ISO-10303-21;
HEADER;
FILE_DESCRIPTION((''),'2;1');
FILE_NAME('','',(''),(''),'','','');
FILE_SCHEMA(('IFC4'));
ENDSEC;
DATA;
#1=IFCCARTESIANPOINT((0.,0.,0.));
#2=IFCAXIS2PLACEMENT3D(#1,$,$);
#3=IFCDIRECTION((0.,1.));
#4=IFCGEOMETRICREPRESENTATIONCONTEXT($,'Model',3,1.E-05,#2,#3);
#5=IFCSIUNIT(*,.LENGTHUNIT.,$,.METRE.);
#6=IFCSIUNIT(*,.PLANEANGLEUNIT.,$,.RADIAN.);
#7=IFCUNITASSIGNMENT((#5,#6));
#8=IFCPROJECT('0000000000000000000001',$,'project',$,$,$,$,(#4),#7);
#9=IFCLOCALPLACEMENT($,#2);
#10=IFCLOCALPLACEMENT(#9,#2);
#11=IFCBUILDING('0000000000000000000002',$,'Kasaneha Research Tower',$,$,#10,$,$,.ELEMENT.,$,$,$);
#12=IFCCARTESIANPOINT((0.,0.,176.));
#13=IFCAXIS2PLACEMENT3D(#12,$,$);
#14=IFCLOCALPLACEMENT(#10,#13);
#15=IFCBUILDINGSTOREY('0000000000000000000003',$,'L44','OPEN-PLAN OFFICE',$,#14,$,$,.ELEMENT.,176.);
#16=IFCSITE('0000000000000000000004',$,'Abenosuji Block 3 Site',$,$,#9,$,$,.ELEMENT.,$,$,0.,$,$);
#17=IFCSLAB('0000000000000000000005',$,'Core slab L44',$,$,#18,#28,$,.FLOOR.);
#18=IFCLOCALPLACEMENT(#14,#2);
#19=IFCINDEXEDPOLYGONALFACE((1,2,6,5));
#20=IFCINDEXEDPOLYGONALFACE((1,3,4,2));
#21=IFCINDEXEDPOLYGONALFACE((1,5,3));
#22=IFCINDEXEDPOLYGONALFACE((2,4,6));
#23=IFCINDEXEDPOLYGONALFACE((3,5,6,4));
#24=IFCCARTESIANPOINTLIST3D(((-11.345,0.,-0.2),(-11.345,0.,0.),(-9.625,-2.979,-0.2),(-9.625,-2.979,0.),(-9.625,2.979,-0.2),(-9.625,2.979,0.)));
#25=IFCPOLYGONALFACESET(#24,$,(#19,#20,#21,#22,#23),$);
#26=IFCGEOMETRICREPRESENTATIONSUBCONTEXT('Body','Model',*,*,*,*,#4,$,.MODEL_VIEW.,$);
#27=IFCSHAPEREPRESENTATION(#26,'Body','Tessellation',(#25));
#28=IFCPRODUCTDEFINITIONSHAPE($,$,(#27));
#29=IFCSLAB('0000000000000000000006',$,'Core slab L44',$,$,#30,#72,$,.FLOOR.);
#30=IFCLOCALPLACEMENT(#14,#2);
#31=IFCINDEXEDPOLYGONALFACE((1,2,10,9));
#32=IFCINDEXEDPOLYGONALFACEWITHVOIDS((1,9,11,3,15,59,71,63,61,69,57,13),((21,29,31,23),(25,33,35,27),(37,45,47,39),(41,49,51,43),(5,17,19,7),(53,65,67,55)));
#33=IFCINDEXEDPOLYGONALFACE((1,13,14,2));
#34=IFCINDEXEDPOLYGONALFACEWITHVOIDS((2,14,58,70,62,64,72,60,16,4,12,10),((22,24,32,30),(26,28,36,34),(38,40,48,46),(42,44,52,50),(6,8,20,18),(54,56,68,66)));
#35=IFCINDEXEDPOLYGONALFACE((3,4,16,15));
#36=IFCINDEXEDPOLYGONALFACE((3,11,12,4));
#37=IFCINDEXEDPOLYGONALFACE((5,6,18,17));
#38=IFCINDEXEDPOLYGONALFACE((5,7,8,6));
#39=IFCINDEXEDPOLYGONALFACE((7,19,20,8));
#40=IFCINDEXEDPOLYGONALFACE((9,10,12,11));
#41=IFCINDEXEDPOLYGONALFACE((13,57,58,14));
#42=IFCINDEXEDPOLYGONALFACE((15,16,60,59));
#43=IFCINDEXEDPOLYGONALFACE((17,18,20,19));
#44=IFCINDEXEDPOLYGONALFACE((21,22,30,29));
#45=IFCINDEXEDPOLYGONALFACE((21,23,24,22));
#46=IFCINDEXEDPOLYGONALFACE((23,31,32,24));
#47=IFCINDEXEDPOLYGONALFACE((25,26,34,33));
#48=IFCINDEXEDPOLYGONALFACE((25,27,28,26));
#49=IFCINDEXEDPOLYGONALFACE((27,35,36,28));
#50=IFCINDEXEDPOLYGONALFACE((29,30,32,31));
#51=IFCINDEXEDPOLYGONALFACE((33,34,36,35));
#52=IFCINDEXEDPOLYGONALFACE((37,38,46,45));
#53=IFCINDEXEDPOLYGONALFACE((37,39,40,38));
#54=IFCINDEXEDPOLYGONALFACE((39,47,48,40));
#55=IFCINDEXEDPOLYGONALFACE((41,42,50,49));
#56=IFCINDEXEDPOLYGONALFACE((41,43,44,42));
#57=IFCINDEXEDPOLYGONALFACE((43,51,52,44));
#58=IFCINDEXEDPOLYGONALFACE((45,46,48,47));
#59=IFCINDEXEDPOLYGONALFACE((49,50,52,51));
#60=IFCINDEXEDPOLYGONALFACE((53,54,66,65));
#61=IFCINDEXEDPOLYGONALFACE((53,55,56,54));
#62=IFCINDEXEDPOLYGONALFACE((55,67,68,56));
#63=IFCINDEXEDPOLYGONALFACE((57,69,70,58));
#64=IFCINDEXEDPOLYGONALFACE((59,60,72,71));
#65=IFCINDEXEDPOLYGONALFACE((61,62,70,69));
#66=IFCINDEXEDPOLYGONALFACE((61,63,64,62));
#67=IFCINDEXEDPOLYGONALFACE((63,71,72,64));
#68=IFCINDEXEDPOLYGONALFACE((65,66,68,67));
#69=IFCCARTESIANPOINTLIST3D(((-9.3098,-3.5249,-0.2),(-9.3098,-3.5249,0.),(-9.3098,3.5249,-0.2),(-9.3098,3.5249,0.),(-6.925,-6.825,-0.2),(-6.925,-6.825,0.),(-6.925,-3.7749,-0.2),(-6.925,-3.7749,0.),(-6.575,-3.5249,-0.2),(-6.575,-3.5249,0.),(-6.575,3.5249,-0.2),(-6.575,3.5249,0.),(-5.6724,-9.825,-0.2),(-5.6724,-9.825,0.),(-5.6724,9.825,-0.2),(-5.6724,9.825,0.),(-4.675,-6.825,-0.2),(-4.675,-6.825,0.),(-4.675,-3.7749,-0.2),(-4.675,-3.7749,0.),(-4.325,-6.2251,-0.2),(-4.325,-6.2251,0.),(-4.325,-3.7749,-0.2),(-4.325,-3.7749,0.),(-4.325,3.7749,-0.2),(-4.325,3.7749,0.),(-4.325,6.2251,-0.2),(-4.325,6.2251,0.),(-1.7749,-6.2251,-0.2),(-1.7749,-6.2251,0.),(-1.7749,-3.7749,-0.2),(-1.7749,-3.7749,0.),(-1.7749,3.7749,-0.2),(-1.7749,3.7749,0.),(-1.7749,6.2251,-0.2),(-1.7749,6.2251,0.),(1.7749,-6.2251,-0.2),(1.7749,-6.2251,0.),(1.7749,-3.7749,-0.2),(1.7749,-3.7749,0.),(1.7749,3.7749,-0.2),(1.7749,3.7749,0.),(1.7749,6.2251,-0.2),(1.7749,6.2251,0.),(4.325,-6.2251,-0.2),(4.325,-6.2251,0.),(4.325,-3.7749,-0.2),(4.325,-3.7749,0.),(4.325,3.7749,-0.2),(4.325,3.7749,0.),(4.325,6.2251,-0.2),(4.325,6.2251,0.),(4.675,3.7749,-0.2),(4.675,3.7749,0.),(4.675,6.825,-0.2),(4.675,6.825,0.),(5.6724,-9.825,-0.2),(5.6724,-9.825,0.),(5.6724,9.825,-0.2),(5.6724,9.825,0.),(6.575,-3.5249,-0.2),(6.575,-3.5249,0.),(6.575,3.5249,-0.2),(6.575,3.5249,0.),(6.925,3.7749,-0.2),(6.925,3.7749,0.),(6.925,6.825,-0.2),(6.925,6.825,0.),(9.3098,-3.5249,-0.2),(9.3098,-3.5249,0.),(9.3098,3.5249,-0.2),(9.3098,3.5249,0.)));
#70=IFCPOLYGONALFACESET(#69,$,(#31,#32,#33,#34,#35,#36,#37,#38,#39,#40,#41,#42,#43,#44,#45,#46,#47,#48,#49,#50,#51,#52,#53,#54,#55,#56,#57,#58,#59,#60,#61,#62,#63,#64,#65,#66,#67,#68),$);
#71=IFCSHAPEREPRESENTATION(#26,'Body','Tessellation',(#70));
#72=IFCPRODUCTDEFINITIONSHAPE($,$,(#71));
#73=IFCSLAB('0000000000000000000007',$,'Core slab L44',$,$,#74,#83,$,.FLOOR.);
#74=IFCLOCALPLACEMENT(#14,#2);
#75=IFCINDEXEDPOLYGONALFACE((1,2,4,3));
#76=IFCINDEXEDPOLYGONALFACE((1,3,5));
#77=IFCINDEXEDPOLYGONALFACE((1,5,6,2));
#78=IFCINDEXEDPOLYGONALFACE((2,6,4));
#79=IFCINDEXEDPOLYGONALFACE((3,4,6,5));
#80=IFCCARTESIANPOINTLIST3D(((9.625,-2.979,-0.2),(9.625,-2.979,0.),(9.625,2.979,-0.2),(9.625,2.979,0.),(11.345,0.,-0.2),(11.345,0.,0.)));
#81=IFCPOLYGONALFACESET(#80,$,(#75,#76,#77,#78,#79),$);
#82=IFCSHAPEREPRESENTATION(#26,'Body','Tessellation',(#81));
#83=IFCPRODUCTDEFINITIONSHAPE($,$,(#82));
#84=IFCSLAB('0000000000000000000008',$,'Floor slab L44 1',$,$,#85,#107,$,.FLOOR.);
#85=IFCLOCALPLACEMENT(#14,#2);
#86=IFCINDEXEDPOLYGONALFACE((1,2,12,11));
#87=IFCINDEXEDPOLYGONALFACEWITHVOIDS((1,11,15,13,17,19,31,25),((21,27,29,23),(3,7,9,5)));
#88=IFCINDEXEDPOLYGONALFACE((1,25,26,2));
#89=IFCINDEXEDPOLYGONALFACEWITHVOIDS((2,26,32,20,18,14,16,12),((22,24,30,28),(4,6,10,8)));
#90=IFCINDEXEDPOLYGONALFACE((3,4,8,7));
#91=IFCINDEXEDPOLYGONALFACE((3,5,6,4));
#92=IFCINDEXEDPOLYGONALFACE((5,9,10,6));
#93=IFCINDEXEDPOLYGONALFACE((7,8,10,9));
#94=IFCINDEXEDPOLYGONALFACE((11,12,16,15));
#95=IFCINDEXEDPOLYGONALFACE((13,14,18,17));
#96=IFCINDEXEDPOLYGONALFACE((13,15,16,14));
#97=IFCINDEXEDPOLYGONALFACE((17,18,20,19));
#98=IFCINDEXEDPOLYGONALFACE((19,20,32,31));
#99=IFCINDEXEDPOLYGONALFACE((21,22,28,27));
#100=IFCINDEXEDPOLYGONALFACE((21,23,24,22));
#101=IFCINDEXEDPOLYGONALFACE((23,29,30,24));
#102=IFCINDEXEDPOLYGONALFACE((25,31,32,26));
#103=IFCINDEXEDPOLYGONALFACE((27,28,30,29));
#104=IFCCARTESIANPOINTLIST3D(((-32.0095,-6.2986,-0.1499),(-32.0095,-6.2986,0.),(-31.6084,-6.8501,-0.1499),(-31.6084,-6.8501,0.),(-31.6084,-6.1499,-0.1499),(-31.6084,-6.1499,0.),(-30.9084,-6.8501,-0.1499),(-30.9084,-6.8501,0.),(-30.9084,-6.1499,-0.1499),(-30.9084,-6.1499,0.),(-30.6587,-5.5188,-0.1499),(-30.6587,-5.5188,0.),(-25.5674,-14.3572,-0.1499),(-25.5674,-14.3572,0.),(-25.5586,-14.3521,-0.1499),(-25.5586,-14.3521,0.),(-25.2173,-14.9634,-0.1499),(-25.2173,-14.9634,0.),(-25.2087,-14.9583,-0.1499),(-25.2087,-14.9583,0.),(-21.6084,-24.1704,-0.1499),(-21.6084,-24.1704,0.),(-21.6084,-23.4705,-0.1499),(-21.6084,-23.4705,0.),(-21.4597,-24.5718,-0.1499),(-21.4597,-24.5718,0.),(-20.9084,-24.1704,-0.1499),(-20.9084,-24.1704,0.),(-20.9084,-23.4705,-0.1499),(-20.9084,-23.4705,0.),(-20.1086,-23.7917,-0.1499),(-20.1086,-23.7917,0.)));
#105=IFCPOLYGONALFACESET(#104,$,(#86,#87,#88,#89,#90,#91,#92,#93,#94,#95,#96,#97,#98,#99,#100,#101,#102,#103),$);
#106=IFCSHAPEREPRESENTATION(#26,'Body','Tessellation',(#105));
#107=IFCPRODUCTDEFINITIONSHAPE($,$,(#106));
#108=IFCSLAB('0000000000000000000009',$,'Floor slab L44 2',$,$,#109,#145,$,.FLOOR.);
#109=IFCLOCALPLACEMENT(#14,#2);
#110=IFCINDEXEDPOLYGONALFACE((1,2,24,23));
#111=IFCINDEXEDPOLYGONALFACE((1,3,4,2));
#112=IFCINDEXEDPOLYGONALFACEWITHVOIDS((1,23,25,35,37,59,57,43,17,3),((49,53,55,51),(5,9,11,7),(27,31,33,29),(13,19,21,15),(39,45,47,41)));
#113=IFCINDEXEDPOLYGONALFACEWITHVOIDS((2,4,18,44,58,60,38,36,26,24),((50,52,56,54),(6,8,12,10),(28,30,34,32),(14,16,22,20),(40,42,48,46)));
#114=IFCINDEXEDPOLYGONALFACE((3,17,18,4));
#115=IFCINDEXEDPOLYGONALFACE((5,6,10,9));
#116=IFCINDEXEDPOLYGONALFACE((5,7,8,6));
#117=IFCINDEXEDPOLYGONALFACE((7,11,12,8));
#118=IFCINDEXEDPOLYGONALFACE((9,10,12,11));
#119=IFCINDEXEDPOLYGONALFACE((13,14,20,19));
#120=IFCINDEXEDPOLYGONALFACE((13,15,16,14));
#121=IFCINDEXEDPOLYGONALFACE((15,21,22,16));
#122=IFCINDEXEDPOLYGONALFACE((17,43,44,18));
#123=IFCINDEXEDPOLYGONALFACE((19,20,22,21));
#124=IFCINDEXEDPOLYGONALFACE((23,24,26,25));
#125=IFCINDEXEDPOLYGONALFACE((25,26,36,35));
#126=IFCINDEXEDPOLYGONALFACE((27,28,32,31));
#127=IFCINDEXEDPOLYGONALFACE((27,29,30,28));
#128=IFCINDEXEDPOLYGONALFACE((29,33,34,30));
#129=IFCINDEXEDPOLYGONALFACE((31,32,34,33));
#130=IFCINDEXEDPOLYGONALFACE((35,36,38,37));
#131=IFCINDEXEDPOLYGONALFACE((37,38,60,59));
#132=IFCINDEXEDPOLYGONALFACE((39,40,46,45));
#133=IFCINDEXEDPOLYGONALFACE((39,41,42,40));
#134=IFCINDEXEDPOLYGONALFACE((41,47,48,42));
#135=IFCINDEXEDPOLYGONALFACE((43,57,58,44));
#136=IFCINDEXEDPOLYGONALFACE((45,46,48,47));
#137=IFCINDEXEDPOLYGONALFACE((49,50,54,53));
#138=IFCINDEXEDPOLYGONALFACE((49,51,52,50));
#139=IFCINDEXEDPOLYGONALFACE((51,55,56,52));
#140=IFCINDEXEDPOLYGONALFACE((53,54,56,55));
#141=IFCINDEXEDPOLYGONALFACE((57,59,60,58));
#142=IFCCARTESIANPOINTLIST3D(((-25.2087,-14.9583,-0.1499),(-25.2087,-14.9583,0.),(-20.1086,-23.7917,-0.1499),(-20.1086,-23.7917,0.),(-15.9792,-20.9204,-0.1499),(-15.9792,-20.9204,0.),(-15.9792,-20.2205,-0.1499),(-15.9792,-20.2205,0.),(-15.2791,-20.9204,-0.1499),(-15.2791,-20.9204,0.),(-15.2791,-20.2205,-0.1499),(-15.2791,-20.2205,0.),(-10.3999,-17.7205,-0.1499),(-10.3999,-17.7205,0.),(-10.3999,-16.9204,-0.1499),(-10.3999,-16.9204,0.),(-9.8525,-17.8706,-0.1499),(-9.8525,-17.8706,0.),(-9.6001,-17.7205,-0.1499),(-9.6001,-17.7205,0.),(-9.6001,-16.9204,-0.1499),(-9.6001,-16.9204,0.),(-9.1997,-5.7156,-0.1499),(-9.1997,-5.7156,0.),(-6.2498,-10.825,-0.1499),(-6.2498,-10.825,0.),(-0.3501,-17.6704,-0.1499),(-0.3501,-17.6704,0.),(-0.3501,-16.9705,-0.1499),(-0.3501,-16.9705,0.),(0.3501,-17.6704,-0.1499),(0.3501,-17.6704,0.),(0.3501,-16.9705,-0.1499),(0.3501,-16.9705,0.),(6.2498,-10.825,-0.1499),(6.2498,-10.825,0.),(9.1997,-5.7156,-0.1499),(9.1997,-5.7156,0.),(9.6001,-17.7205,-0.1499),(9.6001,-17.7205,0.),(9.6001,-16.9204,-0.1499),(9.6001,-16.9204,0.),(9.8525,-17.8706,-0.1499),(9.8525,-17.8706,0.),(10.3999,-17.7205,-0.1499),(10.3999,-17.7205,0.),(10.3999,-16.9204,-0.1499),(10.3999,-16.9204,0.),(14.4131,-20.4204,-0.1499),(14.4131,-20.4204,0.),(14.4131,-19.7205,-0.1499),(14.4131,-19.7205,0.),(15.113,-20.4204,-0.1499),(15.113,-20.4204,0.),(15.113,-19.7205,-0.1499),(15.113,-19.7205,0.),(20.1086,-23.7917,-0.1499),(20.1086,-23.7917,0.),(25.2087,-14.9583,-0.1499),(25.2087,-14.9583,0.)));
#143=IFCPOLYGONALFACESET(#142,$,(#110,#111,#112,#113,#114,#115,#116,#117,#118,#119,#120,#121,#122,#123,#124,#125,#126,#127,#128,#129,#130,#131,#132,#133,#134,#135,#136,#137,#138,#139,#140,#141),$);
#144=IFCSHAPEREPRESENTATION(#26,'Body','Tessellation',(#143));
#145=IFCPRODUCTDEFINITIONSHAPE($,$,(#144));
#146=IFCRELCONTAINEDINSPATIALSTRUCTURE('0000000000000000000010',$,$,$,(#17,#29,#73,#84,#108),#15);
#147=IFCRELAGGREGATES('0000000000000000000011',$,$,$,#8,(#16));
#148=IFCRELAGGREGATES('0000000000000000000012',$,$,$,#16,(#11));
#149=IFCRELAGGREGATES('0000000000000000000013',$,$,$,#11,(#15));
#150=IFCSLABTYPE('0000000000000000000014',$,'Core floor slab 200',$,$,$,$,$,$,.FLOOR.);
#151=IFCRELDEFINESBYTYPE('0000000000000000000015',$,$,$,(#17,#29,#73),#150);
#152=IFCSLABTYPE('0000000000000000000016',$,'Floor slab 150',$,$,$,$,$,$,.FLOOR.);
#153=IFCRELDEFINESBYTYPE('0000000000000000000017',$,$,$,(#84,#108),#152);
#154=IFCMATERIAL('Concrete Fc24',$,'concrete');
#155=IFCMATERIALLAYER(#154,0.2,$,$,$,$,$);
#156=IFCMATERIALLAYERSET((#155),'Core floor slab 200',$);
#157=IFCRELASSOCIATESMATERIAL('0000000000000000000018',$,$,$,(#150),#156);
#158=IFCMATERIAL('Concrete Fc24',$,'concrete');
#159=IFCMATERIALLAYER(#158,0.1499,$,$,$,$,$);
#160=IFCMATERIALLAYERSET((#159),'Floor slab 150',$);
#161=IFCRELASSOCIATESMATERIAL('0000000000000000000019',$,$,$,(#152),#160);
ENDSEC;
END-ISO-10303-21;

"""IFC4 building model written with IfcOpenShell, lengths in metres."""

from ifc_helpers import new_model, si_unit, direction, frame, origin, place, context, subcontext, project, spatial, polyline, outline, extrude, material, layer, layer_set, type_object, element, save


model = new_model("IFC4")

# Units and contexts
model_context = context("Model", 3, precision=1e-05, world=origin(), true_north=direction((0.0, 1.0)))
body_context = subcontext(model_context, "Body", "Model", "MODEL_VIEW")
ifc_project = project(units=[si_unit("LENGTHUNIT", "METRE"), si_unit("PLANEANGLEUNIT", "RADIAN")], contexts=[model_context])

# Site, building, storey
site_placement = place(None, origin())
site = spatial("IfcSite", under=ifc_project, at=site_placement, Name="Abenosuji Block 3 Site", CompositionType="ELEMENT", RefElevation=0.0)
building_placement = place(site_placement, origin())
building = spatial("IfcBuilding", under=site, at=building_placement, Name="Kasaneha Research Tower", CompositionType="ELEMENT")
storey_placement = place(building_placement, frame((0.0, 0.0, 176.0)))
storey = spatial("IfcBuildingStorey", under=building, at=storey_placement, Name="L44", Description="OPEN-PLAN OFFICE", CompositionType="ELEMENT", Elevation=176.0)

# Slabs
ifc_material_1 = material(Name="Concrete Fc24", Category="concrete")
ifc_layer_1 = layer(ifc_material_1, 0.2)
ifc_layer_set_1 = layer_set([ifc_layer_1], Name="Core floor slab 200")
slab_type_1 = type_object("IfcSlabType", Name="Core floor slab 200", PredefinedType="FLOOR", material=ifc_layer_set_1)
slab_1_placement = place(storey_placement, frame((0.0, 0.0, -0.2)))
element("IfcSlab", 1, at=slab_1_placement, inside=storey, type_object=slab_type_1, Name="Core slab L44", PredefinedType="FLOOR", context=body_context, shape_type="SweptSolid", body=[
    extrude(outline(polyline([(-11.345, 0.0), (-9.625, 2.979), (-9.625, -2.979), (-11.345, 0.0)])), origin(), (0.0, 0.0, 1.0), 0.2),
])
slab_2_placement = place(storey_placement, frame((0.0, 0.0, -0.2)))
element("IfcSlab", 2, at=slab_2_placement, inside=storey, type_object=slab_type_1, Name="Core slab L44", PredefinedType="FLOOR", context=body_context, shape_type="SweptSolid", body=[
    extrude(outline(polyline([(-5.6724, 9.825), (5.6724, 9.825), (9.3098, 3.5249), (6.575, 3.5249), (6.575, -3.5249), (9.3098, -3.5249), (5.6724, -9.825), (-5.6724, -9.825), (-9.3098, -3.5249), (-6.575, -3.5249), (-6.575, 3.5249), (-9.3098, 3.5249), (-5.6724, 9.825)]), holes=[polyline([(-6.925, -3.7749), (-6.925, -6.825), (-4.675, -6.825), (-4.675, -3.7749), (-6.925, -3.7749)]), polyline([(-4.325, -3.7749), (-4.325, -6.2251), (-1.7749, -6.2251), (-1.7749, -3.7749), (-4.325, -3.7749)]), polyline([(1.7749, -3.7749), (1.7749, -6.2251), (4.325, -6.2251), (4.325, -3.7749), (1.7749, -3.7749)]), polyline([(-4.325, 6.2251), (-4.325, 3.7749), (-1.7749, 3.7749), (-1.7749, 6.2251), (-4.325, 6.2251)]), polyline([(1.7749, 6.2251), (1.7749, 3.7749), (4.325, 3.7749), (4.325, 6.2251), (1.7749, 6.2251)]), polyline([(4.675, 6.825), (4.675, 3.7749), (6.925, 3.7749), (6.925, 6.825), (4.675, 6.825)])]), origin(), (0.0, 0.0, 1.0), 0.2),
])
slab_3_placement = place(storey_placement, frame((0.0, 0.0, -0.2)))
element("IfcSlab", 3, at=slab_3_placement, inside=storey, type_object=slab_type_1, Name="Core slab L44", PredefinedType="FLOOR", context=body_context, shape_type="SweptSolid", body=[
    extrude(outline(polyline([(11.345, 0.0), (9.625, -2.979), (9.625, 2.979), (11.345, 0.0)])), origin(), (0.0, 0.0, 1.0), 0.2),
])
ifc_material_2 = material(Name="Concrete Fc24", Category="concrete")
ifc_layer_2 = layer(ifc_material_2, 0.1499)
ifc_layer_set_2 = layer_set([ifc_layer_2], Name="Floor slab 150")
slab_type_2 = type_object("IfcSlabType", Name="Floor slab 150", PredefinedType="FLOOR", material=ifc_layer_set_2)
slab_4_placement = place(storey_placement, frame((0.0, 0.0, -0.1499)))
element("IfcSlab", 4, at=slab_4_placement, inside=storey, type_object=slab_type_2, Name="Floor slab L44 1", PredefinedType="FLOOR", context=body_context, shape_type="SweptSolid", body=[
    extrude(outline(polyline([(-32.0095, -6.2986), (-30.6587, -5.5188), (-25.5586, -14.3521), (-25.5674, -14.3572), (-25.2173, -14.9634), (-25.2087, -14.9583), (-20.1086, -23.7917), (-21.4597, -24.5718), (-32.0095, -6.2986)]), holes=[polyline([(-20.9084, -24.1704), (-20.9084, -23.4705), (-21.6084, -23.4705), (-21.6084, -24.1704), (-20.9084, -24.1704)]), polyline([(-30.9084, -6.8501), (-30.9084, -6.1499), (-31.6084, -6.1499), (-31.6084, -6.8501), (-30.9084, -6.8501)])]), origin(), (0.0, 0.0, 1.0), 0.1499),
])
slab_5_placement = place(storey_placement, frame((0.0, 0.0, -0.1499)))
element("IfcSlab", 5, at=slab_5_placement, inside=storey, type_object=slab_type_2, Name="Floor slab L44 2", PredefinedType="FLOOR", context=body_context, shape_type="SweptSolid", body=[
    extrude(outline(polyline([(9.8525, -17.8706), (-9.8525, -17.8706), (-20.1086, -23.7917), (-25.2087, -14.9583), (-9.1997, -5.7156), (-6.2498, -10.825), (6.2498, -10.825), (9.1997, -5.7156), (25.2087, -14.9583), (20.1086, -23.7917), (9.8525, -17.8706)]), holes=[polyline([(-15.2791, -20.9204), (-15.2791, -20.2205), (-15.9792, -20.2205), (-15.9792, -20.9204), (-15.2791, -20.9204)]), polyline([(0.3501, -17.6704), (0.3501, -16.9705), (-0.3501, -16.9705), (-0.3501, -17.6704), (0.3501, -17.6704)]), polyline([(-10.3999, -17.7205), (-9.6001, -17.7205), (-9.6001, -16.9204), (-10.3999, -16.9204), (-10.3999, -17.7205)]), polyline([(15.113, -20.4204), (15.113, -19.7205), (14.4131, -19.7205), (14.4131, -20.4204), (15.113, -20.4204)]), polyline([(9.6001, -17.7205), (10.3999, -17.7205), (10.3999, -16.9204), (9.6001, -16.9204), (9.6001, -17.7205)])]), origin(), (0.0, 0.0, 1.0), 0.1499),
])

save(model, "model.ifc")
